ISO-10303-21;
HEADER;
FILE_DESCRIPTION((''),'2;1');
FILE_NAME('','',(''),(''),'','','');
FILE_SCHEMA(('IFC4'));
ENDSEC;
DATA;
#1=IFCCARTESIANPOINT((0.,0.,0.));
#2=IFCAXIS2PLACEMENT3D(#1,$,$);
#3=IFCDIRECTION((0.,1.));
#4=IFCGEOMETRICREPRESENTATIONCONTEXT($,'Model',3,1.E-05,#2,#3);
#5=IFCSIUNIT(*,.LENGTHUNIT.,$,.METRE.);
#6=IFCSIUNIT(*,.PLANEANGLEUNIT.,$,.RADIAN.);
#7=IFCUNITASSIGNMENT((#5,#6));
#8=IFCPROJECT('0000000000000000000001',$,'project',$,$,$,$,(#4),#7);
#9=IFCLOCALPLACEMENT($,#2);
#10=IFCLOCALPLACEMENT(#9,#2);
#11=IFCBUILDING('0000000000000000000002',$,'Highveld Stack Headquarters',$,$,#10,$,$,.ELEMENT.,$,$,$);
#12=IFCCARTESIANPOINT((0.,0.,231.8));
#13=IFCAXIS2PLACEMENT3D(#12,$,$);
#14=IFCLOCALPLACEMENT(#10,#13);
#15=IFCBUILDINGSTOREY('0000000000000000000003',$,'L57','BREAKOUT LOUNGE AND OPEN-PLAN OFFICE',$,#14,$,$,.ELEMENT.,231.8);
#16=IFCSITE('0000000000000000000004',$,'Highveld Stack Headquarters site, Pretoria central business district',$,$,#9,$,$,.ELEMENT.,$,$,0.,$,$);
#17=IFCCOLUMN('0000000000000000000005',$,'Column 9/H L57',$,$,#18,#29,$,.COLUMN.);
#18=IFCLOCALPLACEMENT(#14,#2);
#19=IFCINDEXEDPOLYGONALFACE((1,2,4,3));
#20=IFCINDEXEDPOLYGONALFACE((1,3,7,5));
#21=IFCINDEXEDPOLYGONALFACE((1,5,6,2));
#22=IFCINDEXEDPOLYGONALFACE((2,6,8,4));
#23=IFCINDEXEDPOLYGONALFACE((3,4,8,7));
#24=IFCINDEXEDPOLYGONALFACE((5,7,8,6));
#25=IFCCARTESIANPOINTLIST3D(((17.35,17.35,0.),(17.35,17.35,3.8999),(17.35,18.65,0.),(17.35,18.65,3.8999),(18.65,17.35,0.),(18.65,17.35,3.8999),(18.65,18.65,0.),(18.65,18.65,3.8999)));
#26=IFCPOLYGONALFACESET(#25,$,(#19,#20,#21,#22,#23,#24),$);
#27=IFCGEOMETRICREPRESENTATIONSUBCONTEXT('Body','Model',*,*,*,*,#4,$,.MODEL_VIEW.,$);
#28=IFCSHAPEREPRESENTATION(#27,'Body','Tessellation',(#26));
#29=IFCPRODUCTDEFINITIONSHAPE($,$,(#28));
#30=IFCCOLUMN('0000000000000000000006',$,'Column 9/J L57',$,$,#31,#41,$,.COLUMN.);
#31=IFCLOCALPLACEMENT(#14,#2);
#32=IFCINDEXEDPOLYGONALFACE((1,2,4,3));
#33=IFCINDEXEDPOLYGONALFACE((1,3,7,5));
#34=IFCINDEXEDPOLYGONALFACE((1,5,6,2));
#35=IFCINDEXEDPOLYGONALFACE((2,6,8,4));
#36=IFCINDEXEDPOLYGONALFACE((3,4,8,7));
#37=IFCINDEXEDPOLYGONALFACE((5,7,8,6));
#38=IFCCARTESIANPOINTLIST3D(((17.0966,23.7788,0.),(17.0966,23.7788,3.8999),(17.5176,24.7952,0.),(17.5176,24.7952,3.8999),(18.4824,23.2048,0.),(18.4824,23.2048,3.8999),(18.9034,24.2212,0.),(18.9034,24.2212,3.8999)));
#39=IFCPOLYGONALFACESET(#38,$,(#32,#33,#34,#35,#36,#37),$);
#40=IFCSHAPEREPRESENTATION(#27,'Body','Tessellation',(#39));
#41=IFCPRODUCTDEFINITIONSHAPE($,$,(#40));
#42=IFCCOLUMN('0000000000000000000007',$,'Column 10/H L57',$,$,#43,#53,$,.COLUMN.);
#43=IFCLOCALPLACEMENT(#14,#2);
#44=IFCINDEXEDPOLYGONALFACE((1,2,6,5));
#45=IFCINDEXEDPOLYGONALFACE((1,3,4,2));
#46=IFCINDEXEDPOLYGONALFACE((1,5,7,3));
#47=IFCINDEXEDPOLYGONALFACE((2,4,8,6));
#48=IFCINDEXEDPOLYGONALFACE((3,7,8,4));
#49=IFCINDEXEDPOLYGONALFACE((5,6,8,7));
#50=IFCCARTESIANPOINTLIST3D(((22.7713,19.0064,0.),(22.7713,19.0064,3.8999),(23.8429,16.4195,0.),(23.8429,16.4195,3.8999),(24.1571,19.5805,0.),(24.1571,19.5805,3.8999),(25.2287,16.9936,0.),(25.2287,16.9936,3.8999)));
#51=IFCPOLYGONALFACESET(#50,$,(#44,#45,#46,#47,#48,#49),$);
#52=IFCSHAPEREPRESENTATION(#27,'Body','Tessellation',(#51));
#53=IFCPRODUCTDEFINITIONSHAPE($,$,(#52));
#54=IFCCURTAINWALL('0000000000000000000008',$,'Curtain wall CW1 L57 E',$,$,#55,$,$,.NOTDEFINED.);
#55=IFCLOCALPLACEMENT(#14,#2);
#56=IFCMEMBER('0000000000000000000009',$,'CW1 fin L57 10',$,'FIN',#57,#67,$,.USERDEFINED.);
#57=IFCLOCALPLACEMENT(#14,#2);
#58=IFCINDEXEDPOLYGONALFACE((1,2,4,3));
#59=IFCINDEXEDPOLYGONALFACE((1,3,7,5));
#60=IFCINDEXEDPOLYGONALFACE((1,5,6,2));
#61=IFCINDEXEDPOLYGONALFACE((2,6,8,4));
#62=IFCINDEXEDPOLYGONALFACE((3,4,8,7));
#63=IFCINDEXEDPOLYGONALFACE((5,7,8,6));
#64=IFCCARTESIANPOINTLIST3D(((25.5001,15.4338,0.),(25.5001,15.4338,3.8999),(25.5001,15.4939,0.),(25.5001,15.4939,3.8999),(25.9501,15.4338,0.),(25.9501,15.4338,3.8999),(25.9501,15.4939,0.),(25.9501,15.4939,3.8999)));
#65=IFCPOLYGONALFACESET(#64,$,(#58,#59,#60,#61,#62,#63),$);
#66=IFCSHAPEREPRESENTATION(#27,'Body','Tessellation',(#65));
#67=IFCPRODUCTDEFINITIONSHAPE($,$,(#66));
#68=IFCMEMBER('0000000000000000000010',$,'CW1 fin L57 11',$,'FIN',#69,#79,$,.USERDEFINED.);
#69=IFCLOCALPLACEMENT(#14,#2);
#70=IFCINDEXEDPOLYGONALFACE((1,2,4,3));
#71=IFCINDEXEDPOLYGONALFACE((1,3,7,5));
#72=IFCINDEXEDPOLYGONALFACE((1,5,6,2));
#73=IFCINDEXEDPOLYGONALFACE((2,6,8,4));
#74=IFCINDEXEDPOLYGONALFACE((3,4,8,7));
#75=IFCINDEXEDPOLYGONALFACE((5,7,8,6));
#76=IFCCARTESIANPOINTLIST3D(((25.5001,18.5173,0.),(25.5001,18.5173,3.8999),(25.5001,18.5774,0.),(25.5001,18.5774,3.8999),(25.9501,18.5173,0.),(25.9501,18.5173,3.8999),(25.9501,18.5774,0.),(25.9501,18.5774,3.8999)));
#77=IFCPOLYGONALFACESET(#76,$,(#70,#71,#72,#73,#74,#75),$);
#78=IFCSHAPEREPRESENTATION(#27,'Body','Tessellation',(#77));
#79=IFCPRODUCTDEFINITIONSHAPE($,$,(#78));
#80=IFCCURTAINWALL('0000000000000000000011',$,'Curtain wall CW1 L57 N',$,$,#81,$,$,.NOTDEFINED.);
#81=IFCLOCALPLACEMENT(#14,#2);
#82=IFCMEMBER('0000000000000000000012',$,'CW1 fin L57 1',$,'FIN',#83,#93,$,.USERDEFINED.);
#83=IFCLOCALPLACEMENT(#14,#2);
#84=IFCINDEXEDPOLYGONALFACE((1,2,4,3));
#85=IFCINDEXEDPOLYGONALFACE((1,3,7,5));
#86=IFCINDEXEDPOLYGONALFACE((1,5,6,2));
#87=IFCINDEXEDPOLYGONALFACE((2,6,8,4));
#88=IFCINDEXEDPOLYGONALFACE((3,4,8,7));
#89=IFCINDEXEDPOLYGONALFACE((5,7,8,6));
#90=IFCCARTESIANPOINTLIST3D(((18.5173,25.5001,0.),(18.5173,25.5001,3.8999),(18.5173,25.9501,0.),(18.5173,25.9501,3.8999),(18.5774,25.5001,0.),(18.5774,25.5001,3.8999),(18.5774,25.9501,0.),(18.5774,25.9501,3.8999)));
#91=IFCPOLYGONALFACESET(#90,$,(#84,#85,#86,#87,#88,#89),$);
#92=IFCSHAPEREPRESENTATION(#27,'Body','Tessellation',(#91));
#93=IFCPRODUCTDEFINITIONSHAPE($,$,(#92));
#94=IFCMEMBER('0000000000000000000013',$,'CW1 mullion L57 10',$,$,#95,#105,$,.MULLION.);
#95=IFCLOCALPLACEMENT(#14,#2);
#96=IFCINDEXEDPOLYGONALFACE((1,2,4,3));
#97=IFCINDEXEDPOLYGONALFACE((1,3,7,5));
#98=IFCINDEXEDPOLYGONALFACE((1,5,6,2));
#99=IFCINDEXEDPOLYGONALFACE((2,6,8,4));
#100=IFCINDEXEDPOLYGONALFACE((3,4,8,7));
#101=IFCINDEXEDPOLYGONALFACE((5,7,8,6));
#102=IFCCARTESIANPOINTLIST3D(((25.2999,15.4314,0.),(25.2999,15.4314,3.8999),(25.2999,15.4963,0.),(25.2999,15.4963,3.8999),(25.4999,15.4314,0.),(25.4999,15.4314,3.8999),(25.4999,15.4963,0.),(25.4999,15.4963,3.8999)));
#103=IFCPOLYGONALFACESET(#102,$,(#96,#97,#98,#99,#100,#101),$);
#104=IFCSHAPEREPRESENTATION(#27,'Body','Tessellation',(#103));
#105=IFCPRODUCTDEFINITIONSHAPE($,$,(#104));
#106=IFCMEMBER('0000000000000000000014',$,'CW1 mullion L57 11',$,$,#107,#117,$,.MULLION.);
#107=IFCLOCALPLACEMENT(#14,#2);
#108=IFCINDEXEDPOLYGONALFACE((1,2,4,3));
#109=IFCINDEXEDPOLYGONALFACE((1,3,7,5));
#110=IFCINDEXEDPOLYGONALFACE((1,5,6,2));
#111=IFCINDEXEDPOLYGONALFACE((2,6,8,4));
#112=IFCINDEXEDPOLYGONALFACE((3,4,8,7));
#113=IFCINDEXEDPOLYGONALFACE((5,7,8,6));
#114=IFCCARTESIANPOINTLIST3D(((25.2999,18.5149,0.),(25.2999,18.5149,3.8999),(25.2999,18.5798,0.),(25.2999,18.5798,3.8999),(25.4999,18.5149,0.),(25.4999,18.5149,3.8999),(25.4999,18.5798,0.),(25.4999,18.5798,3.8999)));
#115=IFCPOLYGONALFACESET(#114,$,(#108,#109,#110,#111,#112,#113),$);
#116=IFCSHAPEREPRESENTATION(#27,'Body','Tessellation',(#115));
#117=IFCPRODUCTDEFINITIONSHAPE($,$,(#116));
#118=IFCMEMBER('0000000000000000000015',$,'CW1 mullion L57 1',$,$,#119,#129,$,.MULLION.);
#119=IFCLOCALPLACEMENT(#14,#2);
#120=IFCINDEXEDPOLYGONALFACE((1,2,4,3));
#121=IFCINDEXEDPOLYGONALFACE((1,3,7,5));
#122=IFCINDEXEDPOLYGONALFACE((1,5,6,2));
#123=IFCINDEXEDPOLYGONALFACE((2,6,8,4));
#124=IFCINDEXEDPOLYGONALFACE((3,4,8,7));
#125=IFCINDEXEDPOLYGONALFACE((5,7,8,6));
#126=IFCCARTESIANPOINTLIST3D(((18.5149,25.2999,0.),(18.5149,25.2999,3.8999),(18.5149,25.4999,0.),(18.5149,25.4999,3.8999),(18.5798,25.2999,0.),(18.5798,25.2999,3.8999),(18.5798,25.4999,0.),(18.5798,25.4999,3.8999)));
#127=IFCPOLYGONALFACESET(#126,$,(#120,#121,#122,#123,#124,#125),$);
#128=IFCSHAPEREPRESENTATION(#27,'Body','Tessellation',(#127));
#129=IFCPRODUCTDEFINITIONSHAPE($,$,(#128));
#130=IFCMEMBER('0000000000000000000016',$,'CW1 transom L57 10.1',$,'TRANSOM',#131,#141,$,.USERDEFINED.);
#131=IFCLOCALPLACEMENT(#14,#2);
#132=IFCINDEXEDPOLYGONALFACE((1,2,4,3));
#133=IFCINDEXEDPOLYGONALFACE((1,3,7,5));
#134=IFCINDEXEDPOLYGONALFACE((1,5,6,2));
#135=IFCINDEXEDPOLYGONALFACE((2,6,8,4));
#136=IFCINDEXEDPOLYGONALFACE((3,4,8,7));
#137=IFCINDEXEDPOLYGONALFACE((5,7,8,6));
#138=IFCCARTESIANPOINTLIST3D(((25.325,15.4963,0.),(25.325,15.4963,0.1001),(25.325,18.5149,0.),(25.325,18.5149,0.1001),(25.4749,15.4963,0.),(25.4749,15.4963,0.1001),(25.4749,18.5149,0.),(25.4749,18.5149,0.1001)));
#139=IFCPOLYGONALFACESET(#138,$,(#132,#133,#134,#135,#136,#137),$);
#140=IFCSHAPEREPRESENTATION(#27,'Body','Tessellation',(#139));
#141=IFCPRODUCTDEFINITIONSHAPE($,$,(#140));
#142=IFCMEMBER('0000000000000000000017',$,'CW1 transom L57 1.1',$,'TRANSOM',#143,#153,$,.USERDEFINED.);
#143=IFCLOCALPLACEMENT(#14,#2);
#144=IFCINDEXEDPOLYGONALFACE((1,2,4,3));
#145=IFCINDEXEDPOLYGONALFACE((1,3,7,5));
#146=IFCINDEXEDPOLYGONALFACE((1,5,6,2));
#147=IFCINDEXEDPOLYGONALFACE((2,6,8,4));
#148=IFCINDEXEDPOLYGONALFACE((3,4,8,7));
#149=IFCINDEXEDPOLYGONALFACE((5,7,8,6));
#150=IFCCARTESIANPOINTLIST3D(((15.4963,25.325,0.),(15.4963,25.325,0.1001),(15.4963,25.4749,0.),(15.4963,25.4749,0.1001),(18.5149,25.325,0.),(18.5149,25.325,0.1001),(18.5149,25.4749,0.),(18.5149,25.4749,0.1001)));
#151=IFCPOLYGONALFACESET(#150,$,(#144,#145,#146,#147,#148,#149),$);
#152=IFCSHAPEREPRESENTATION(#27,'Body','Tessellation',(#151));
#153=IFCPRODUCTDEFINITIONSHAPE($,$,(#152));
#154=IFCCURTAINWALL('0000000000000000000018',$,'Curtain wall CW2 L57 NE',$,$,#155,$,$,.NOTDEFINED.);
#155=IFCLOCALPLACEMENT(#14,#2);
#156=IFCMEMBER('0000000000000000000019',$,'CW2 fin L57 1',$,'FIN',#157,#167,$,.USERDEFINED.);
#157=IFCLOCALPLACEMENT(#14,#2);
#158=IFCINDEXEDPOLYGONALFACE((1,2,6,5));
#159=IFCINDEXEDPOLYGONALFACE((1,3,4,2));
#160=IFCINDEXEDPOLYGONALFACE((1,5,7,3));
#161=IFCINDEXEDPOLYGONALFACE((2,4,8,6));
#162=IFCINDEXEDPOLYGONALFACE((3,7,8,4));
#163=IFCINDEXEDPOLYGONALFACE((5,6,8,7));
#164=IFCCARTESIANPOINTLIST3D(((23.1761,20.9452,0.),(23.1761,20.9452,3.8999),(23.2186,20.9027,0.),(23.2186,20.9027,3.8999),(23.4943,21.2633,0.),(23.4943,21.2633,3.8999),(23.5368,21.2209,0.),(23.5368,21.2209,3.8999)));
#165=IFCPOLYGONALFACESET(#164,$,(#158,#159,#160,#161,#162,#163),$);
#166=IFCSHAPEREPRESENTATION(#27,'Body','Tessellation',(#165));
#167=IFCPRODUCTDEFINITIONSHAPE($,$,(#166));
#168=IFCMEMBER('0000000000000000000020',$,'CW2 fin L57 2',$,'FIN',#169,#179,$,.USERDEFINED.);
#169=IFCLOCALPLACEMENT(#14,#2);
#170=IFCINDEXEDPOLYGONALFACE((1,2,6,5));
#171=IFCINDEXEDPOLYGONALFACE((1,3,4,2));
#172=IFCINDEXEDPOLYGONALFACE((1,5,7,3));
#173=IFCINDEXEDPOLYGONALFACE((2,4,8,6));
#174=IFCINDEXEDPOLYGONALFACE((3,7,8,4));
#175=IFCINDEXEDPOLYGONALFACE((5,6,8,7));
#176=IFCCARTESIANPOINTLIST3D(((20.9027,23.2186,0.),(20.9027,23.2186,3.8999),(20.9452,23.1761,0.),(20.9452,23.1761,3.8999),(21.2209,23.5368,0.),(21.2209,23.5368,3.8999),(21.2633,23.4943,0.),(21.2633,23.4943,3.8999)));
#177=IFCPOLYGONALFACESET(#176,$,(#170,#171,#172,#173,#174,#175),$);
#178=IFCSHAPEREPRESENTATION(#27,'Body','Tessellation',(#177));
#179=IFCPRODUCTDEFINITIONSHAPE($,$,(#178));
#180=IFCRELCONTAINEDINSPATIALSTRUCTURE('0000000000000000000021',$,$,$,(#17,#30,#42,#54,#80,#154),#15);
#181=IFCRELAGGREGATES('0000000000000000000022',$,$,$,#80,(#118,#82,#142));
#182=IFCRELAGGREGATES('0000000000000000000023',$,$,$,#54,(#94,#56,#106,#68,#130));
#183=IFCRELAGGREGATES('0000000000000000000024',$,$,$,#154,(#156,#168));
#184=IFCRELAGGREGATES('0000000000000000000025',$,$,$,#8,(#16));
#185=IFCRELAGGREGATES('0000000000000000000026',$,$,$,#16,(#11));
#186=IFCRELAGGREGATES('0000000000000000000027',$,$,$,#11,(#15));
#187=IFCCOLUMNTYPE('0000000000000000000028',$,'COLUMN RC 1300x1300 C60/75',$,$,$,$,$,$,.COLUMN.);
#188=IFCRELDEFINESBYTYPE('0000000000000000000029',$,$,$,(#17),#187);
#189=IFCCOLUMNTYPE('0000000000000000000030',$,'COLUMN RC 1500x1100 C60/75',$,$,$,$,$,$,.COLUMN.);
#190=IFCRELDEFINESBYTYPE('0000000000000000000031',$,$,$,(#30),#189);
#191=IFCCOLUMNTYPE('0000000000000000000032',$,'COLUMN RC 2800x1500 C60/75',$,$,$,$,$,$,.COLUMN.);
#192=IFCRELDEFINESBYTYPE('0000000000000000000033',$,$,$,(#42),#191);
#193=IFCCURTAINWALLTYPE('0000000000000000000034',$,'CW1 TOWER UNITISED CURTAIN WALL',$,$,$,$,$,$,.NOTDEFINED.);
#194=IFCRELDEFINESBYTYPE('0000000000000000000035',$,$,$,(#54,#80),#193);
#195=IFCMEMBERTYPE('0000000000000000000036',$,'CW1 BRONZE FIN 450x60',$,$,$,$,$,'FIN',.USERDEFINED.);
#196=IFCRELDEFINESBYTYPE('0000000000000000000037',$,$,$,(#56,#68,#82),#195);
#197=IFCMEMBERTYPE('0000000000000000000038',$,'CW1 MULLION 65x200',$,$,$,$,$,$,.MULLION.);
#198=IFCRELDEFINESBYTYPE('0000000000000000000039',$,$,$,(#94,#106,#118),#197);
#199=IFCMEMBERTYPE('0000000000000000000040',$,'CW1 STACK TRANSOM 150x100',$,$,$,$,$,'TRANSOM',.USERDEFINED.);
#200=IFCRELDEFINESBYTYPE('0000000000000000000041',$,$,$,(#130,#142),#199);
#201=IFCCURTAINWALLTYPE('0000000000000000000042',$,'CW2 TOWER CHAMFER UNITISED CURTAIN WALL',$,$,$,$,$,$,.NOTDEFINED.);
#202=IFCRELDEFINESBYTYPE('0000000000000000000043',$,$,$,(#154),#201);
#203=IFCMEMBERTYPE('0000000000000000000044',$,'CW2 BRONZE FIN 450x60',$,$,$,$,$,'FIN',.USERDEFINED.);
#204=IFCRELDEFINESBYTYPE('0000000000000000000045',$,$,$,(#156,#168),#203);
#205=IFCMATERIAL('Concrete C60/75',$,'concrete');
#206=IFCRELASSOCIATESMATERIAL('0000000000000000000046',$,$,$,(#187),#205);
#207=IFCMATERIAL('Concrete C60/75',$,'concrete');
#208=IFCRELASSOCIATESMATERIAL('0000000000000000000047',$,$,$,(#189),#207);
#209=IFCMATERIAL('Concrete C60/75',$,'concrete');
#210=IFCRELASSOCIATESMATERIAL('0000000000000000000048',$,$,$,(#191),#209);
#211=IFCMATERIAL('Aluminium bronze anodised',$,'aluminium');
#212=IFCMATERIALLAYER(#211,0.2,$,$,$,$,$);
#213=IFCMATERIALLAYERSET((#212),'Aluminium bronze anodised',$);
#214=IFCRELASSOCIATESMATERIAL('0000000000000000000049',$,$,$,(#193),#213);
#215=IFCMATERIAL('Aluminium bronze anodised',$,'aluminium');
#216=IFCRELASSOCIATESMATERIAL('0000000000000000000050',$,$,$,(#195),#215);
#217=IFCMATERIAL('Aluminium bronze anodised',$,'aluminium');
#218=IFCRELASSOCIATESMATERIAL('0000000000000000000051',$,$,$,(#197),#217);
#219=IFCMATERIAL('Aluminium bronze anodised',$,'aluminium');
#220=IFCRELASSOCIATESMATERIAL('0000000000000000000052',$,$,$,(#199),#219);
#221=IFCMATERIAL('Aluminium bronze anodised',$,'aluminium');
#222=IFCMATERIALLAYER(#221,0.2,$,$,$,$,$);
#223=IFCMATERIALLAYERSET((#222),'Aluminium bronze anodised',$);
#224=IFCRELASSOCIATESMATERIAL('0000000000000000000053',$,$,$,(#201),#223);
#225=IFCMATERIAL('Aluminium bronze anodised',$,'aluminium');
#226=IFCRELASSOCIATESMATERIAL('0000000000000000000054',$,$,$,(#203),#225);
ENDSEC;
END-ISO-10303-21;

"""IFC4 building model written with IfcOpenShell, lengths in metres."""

from ifc_helpers import new_model, si_unit, direction, frame, origin, origin_2d, place, context, subcontext, project, spatial, rectangle, extrude, material, layer, layer_set, material_profile, profile_set, type_object, element, aggregate, save


model = new_model("IFC4")

# Units and contexts
model_context = context("Model", 3, precision=1e-05, world=origin(), true_north=direction((0.0, 1.0)))
body_context = subcontext(model_context, "Body", "Model", "MODEL_VIEW")
ifc_project = project(units=[si_unit("LENGTHUNIT", "METRE"), si_unit("PLANEANGLEUNIT", "RADIAN")], contexts=[model_context])

# Site, building, storey
site_placement = place(None, origin())
site = spatial("IfcSite", under=ifc_project, at=site_placement, Name="Highveld Stack Headquarters site, Pretoria central business district", CompositionType="ELEMENT", RefElevation=0.0)
building_placement = place(site_placement, origin())
building = spatial("IfcBuilding", under=site, at=building_placement, Name="Highveld Stack Headquarters", CompositionType="ELEMENT")
storey_placement = place(building_placement, frame((0.0, 0.0, 231.8)))
storey = spatial("IfcBuildingStorey", under=building, at=storey_placement, Name="L57", Description="BREAKOUT LOUNGE AND OPEN-PLAN OFFICE", CompositionType="ELEMENT", Elevation=231.8)

# Columns
ifc_material_1 = material(Name="Concrete C60/75", Category="concrete")
ifc_material_profile_1 = material_profile(ifc_material_1, rectangle(XDim=1.3, YDim=1.3, at=origin_2d()), Name="RC 1300x1300")
ifc_profile_set_1 = profile_set([ifc_material_profile_1], Name="Concrete C60/75")
column_type_1 = type_object("IfcColumnType", Name="COLUMN RC 1300x1300 C60/75", PredefinedType="COLUMN", material=ifc_profile_set_1)
column_1_placement = place(storey_placement, frame((18.0, 18.0, 0.0), z_axis=(0.0, 0.0, 1.0), x_axis=(1.0, 0.0, 0.0)))
element("IfcColumn", 1, at=column_1_placement, inside=storey, type_object=column_type_1, Name="Column 9/H L57", PredefinedType="COLUMN", context=body_context, shape_type="SweptSolid", body=[
    extrude(rectangle(XDim=1.3, YDim=1.3, at=origin_2d()), origin(), (0.0, 0.0, 1.0), 3.8999),
])
ifc_material_2 = material(Name="Concrete C60/75", Category="concrete")
ifc_material_profile_2 = material_profile(ifc_material_2, rectangle(XDim=1.5, YDim=1.1001, at=origin_2d()), Name="RC 1500x1100")
ifc_profile_set_2 = profile_set([ifc_material_profile_2], Name="Concrete C60/75")
column_type_2 = type_object("IfcColumnType", Name="COLUMN RC 1500x1100 C60/75", PredefinedType="COLUMN", material=ifc_profile_set_2)
column_2_placement = place(storey_placement, frame((18.0, 24.0, 0.0), z_axis=(0.0, 0.0, 1.0), x_axis=(0.92388, -0.382683, 0.0)))
element("IfcColumn", 2, at=column_2_placement, inside=storey, type_object=column_type_2, Name="Column 9/J L57", PredefinedType="COLUMN", context=body_context, shape_type="SweptSolid", body=[
    extrude(rectangle(XDim=1.5, YDim=1.1001, at=origin_2d()), origin(), (0.0, 0.0, 1.0), 3.8999),
])
ifc_material_3 = material(Name="Concrete C60/75", Category="concrete")
ifc_material_profile_3 = material_profile(ifc_material_3, rectangle(XDim=2.8, YDim=1.5, at=origin_2d()), Name="RC 2800x1500")
ifc_profile_set_3 = profile_set([ifc_material_profile_3], Name="Concrete C60/75")
column_type_3 = type_object("IfcColumnType", Name="COLUMN RC 2800x1500 C60/75", PredefinedType="COLUMN", material=ifc_profile_set_3)
column_3_placement = place(storey_placement, frame((24.0, 18.0, 0.0), z_axis=(0.0, 0.0, 1.0), x_axis=(0.382683, -0.92388, 0.0)))
element("IfcColumn", 3, at=column_3_placement, inside=storey, type_object=column_type_3, Name="Column 10/H L57", PredefinedType="COLUMN", context=body_context, shape_type="SweptSolid", body=[
    extrude(rectangle(XDim=2.8, YDim=1.5, at=origin_2d()), origin(), (0.0, 0.0, 1.0), 3.8999),
])

# Curtain wall, members
ifc_material_4 = material(Name="Aluminium bronze anodised", Category="aluminium")
ifc_layer_1 = layer(ifc_material_4, 0.2)
ifc_layer_set_1 = layer_set([ifc_layer_1], Name="Aluminium bronze anodised")
curtain_wall_type_1 = type_object("IfcCurtainWallType", Name="CW1 TOWER UNITISED CURTAIN WALL", PredefinedType="NOTDEFINED", material=ifc_layer_set_1)
curtain_wall_1_placement = place(storey_placement, origin())
curtain_wall_1 = element("IfcCurtainWall", 4, at=curtain_wall_1_placement, inside=storey, type_object=curtain_wall_type_1, Name="Curtain wall CW1 L57 E", PredefinedType="NOTDEFINED")
ifc_material_5 = material(Name="Aluminium bronze anodised", Category="aluminium")
ifc_material_profile_4 = material_profile(ifc_material_5, rectangle(XDim=0.45, YDim=0.0601, at=origin_2d()), Name="FIN 450x60")
ifc_profile_set_4 = profile_set([ifc_material_profile_4], Name="Aluminium bronze anodised")
member_type_1 = type_object("IfcMemberType", Name="CW1 BRONZE FIN 450x60", ElementType="FIN", PredefinedType="USERDEFINED", material=ifc_profile_set_4)
member_1_placement = place(storey_placement, frame((25.7251, 15.4639, 0.0), z_axis=(0.0, 0.0, 1.0), x_axis=(-1.0, 0.0, 0.0)))
member_1 = element("IfcMember", 5, at=member_1_placement, type_object=member_type_1, Name="CW1 fin L57 10", ObjectType="FIN", PredefinedType="USERDEFINED", context=body_context, shape_type="SweptSolid", body=[
    extrude(rectangle(XDim=0.45, YDim=0.0601, at=origin_2d()), origin(), (0.0, 0.0, 1.0), 3.8999),
])
member_2_placement = place(storey_placement, frame((25.7251, 18.5474, 0.0), z_axis=(0.0, 0.0, 1.0), x_axis=(-1.0, 0.0, 0.0)))
member_2 = element("IfcMember", 6, at=member_2_placement, type_object=member_type_1, Name="CW1 fin L57 11", ObjectType="FIN", PredefinedType="USERDEFINED", context=body_context, shape_type="SweptSolid", body=[
    extrude(rectangle(XDim=0.45, YDim=0.0601, at=origin_2d()), origin(), (0.0, 0.0, 1.0), 3.8999),
])

# Curtain wall, member
curtain_wall_2_placement = place(storey_placement, origin())
curtain_wall_2 = element("IfcCurtainWall", 7, at=curtain_wall_2_placement, inside=storey, type_object=curtain_wall_type_1, Name="Curtain wall CW1 L57 N", PredefinedType="NOTDEFINED")
member_3_placement = place(storey_placement, frame((18.5474, 25.7251, 0.0), z_axis=(0.0, 0.0, 1.0), x_axis=(0.0, -1.0, 0.0)))
member_3 = element("IfcMember", 8, at=member_3_placement, type_object=member_type_1, Name="CW1 fin L57 1", ObjectType="FIN", PredefinedType="USERDEFINED", context=body_context, shape_type="SweptSolid", body=[
    extrude(rectangle(XDim=0.45, YDim=0.0601, at=origin_2d()), origin(), (0.0, 0.0, 1.0), 3.8999),
])

# Members
ifc_material_6 = material(Name="Aluminium bronze anodised", Category="aluminium")
ifc_material_profile_5 = material_profile(ifc_material_6, rectangle(XDim=0.2, YDim=0.0649, at=origin_2d()), Name="CW1 MULLION 65x200")
ifc_profile_set_5 = profile_set([ifc_material_profile_5], Name="Aluminium bronze anodised")
member_type_2 = type_object("IfcMemberType", Name="CW1 MULLION 65x200", PredefinedType="MULLION", material=ifc_profile_set_5)
member_4_placement = place(storey_placement, frame((25.3999, 15.4639, 0.0), z_axis=(0.0, 0.0, 1.0), x_axis=(-1.0, 0.0, 0.0)))
member_4 = element("IfcMember", 9, at=member_4_placement, type_object=member_type_2, Name="CW1 mullion L57 10", PredefinedType="MULLION", context=body_context, shape_type="SweptSolid", body=[
    extrude(rectangle(XDim=0.2, YDim=0.0649, at=origin_2d()), origin(), (0.0, 0.0, 1.0), 3.8999),
])
member_5_placement = place(storey_placement, frame((25.3999, 18.5474, 0.0), z_axis=(0.0, 0.0, 1.0), x_axis=(-1.0, 0.0, 0.0)))
member_5 = element("IfcMember", 10, at=member_5_placement, type_object=member_type_2, Name="CW1 mullion L57 11", PredefinedType="MULLION", context=body_context, shape_type="SweptSolid", body=[
    extrude(rectangle(XDim=0.2, YDim=0.0649, at=origin_2d()), origin(), (0.0, 0.0, 1.0), 3.8999),
])
member_6_placement = place(storey_placement, frame((18.5474, 25.3999, 0.0), z_axis=(0.0, 0.0, 1.0), x_axis=(0.0, -1.0, 0.0)))
member_6 = element("IfcMember", 11, at=member_6_placement, type_object=member_type_2, Name="CW1 mullion L57 1", PredefinedType="MULLION", context=body_context, shape_type="SweptSolid", body=[
    extrude(rectangle(XDim=0.2, YDim=0.0649, at=origin_2d()), origin(), (0.0, 0.0, 1.0), 3.8999),
])
ifc_material_7 = material(Name="Aluminium bronze anodised", Category="aluminium")
ifc_material_profile_6 = material_profile(ifc_material_7, rectangle(XDim=0.1499, YDim=0.1001, at=origin_2d()), Name="CW1 TRANSOM 150x100")
ifc_profile_set_6 = profile_set([ifc_material_profile_6], Name="Aluminium bronze anodised")
member_type_3 = type_object("IfcMemberType", Name="CW1 STACK TRANSOM 150x100", ElementType="TRANSOM", PredefinedType="USERDEFINED", material=ifc_profile_set_6)
member_7_placement = place(storey_placement, frame((25.3999, 15.4963, 0.05), z_axis=(0.0, 1.0, 0.0), x_axis=(-1.0, 0.0, 0.0)))
member_7 = element("IfcMember", 12, at=member_7_placement, type_object=member_type_3, Name="CW1 transom L57 10.1", ObjectType="TRANSOM", PredefinedType="USERDEFINED", context=body_context, shape_type="SweptSolid", body=[
    extrude(rectangle(XDim=0.1499, YDim=0.1001, at=origin_2d()), origin(), (0.0, 0.0, 1.0), 3.0186),
])
member_8_placement = place(storey_placement, frame((18.5149, 25.3999, 0.05), z_axis=(-1.0, 0.0, 0.0), x_axis=(0.0, -1.0, 0.0)))
member_8 = element("IfcMember", 13, at=member_8_placement, type_object=member_type_3, Name="CW1 transom L57 1.1", ObjectType="TRANSOM", PredefinedType="USERDEFINED", context=body_context, shape_type="SweptSolid", body=[
    extrude(rectangle(XDim=0.1499, YDim=0.1001, at=origin_2d()), origin(), (0.0, 0.0, 1.0), 3.0186),
])
aggregate(curtain_wall_2, [member_6, member_3, member_8])

# Curtain wall, members
ifc_material_8 = material(Name="Aluminium bronze anodised", Category="aluminium")
ifc_layer_2 = layer(ifc_material_8, 0.2)
ifc_layer_set_2 = layer_set([ifc_layer_2], Name="Aluminium bronze anodised")
curtain_wall_type_2 = type_object("IfcCurtainWallType", Name="CW2 TOWER CHAMFER UNITISED CURTAIN WALL", PredefinedType="NOTDEFINED", material=ifc_layer_set_2)
curtain_wall_3_placement = place(storey_placement, origin())
curtain_wall_3 = element("IfcCurtainWall", 14, at=curtain_wall_3_placement, inside=storey, type_object=curtain_wall_type_2, Name="Curtain wall CW2 L57 NE", PredefinedType="NOTDEFINED")
ifc_material_9 = material(Name="Aluminium bronze anodised", Category="aluminium")
ifc_material_profile_7 = material_profile(ifc_material_9, rectangle(XDim=0.45, YDim=0.0601, at=origin_2d()), Name="FIN 450x60")
ifc_profile_set_7 = profile_set([ifc_material_profile_7], Name="Aluminium bronze anodised")
member_type_4 = type_object("IfcMemberType", Name="CW2 BRONZE FIN 450x60", ElementType="FIN", PredefinedType="USERDEFINED", material=ifc_profile_set_7)
member_9_placement = place(storey_placement, frame((23.3564, 21.083, 0.0), z_axis=(0.0, 0.0, 1.0), x_axis=(-0.707107, -0.707107, 0.0)))
member_9 = element("IfcMember", 15, at=member_9_placement, type_object=member_type_4, Name="CW2 fin L57 1", ObjectType="FIN", PredefinedType="USERDEFINED", context=body_context, shape_type="SweptSolid", body=[
    extrude(rectangle(XDim=0.45, YDim=0.0601, at=origin_2d()), origin(), (0.0, 0.0, 1.0), 3.8999),
])
member_10_placement = place(storey_placement, frame((21.083, 23.3564, 0.0), z_axis=(0.0, 0.0, 1.0), x_axis=(-0.707107, -0.707107, 0.0)))
member_10 = element("IfcMember", 16, at=member_10_placement, type_object=member_type_4, Name="CW2 fin L57 2", ObjectType="FIN", PredefinedType="USERDEFINED", context=body_context, shape_type="SweptSolid", body=[
    extrude(rectangle(XDim=0.45, YDim=0.0601, at=origin_2d()), origin(), (0.0, 0.0, 1.0), 3.8999),
])

aggregate(curtain_wall_1, [member_4, member_1, member_5, member_2, member_7])
aggregate(curtain_wall_3, [member_9, member_10])

save(model, "model.ifc")
